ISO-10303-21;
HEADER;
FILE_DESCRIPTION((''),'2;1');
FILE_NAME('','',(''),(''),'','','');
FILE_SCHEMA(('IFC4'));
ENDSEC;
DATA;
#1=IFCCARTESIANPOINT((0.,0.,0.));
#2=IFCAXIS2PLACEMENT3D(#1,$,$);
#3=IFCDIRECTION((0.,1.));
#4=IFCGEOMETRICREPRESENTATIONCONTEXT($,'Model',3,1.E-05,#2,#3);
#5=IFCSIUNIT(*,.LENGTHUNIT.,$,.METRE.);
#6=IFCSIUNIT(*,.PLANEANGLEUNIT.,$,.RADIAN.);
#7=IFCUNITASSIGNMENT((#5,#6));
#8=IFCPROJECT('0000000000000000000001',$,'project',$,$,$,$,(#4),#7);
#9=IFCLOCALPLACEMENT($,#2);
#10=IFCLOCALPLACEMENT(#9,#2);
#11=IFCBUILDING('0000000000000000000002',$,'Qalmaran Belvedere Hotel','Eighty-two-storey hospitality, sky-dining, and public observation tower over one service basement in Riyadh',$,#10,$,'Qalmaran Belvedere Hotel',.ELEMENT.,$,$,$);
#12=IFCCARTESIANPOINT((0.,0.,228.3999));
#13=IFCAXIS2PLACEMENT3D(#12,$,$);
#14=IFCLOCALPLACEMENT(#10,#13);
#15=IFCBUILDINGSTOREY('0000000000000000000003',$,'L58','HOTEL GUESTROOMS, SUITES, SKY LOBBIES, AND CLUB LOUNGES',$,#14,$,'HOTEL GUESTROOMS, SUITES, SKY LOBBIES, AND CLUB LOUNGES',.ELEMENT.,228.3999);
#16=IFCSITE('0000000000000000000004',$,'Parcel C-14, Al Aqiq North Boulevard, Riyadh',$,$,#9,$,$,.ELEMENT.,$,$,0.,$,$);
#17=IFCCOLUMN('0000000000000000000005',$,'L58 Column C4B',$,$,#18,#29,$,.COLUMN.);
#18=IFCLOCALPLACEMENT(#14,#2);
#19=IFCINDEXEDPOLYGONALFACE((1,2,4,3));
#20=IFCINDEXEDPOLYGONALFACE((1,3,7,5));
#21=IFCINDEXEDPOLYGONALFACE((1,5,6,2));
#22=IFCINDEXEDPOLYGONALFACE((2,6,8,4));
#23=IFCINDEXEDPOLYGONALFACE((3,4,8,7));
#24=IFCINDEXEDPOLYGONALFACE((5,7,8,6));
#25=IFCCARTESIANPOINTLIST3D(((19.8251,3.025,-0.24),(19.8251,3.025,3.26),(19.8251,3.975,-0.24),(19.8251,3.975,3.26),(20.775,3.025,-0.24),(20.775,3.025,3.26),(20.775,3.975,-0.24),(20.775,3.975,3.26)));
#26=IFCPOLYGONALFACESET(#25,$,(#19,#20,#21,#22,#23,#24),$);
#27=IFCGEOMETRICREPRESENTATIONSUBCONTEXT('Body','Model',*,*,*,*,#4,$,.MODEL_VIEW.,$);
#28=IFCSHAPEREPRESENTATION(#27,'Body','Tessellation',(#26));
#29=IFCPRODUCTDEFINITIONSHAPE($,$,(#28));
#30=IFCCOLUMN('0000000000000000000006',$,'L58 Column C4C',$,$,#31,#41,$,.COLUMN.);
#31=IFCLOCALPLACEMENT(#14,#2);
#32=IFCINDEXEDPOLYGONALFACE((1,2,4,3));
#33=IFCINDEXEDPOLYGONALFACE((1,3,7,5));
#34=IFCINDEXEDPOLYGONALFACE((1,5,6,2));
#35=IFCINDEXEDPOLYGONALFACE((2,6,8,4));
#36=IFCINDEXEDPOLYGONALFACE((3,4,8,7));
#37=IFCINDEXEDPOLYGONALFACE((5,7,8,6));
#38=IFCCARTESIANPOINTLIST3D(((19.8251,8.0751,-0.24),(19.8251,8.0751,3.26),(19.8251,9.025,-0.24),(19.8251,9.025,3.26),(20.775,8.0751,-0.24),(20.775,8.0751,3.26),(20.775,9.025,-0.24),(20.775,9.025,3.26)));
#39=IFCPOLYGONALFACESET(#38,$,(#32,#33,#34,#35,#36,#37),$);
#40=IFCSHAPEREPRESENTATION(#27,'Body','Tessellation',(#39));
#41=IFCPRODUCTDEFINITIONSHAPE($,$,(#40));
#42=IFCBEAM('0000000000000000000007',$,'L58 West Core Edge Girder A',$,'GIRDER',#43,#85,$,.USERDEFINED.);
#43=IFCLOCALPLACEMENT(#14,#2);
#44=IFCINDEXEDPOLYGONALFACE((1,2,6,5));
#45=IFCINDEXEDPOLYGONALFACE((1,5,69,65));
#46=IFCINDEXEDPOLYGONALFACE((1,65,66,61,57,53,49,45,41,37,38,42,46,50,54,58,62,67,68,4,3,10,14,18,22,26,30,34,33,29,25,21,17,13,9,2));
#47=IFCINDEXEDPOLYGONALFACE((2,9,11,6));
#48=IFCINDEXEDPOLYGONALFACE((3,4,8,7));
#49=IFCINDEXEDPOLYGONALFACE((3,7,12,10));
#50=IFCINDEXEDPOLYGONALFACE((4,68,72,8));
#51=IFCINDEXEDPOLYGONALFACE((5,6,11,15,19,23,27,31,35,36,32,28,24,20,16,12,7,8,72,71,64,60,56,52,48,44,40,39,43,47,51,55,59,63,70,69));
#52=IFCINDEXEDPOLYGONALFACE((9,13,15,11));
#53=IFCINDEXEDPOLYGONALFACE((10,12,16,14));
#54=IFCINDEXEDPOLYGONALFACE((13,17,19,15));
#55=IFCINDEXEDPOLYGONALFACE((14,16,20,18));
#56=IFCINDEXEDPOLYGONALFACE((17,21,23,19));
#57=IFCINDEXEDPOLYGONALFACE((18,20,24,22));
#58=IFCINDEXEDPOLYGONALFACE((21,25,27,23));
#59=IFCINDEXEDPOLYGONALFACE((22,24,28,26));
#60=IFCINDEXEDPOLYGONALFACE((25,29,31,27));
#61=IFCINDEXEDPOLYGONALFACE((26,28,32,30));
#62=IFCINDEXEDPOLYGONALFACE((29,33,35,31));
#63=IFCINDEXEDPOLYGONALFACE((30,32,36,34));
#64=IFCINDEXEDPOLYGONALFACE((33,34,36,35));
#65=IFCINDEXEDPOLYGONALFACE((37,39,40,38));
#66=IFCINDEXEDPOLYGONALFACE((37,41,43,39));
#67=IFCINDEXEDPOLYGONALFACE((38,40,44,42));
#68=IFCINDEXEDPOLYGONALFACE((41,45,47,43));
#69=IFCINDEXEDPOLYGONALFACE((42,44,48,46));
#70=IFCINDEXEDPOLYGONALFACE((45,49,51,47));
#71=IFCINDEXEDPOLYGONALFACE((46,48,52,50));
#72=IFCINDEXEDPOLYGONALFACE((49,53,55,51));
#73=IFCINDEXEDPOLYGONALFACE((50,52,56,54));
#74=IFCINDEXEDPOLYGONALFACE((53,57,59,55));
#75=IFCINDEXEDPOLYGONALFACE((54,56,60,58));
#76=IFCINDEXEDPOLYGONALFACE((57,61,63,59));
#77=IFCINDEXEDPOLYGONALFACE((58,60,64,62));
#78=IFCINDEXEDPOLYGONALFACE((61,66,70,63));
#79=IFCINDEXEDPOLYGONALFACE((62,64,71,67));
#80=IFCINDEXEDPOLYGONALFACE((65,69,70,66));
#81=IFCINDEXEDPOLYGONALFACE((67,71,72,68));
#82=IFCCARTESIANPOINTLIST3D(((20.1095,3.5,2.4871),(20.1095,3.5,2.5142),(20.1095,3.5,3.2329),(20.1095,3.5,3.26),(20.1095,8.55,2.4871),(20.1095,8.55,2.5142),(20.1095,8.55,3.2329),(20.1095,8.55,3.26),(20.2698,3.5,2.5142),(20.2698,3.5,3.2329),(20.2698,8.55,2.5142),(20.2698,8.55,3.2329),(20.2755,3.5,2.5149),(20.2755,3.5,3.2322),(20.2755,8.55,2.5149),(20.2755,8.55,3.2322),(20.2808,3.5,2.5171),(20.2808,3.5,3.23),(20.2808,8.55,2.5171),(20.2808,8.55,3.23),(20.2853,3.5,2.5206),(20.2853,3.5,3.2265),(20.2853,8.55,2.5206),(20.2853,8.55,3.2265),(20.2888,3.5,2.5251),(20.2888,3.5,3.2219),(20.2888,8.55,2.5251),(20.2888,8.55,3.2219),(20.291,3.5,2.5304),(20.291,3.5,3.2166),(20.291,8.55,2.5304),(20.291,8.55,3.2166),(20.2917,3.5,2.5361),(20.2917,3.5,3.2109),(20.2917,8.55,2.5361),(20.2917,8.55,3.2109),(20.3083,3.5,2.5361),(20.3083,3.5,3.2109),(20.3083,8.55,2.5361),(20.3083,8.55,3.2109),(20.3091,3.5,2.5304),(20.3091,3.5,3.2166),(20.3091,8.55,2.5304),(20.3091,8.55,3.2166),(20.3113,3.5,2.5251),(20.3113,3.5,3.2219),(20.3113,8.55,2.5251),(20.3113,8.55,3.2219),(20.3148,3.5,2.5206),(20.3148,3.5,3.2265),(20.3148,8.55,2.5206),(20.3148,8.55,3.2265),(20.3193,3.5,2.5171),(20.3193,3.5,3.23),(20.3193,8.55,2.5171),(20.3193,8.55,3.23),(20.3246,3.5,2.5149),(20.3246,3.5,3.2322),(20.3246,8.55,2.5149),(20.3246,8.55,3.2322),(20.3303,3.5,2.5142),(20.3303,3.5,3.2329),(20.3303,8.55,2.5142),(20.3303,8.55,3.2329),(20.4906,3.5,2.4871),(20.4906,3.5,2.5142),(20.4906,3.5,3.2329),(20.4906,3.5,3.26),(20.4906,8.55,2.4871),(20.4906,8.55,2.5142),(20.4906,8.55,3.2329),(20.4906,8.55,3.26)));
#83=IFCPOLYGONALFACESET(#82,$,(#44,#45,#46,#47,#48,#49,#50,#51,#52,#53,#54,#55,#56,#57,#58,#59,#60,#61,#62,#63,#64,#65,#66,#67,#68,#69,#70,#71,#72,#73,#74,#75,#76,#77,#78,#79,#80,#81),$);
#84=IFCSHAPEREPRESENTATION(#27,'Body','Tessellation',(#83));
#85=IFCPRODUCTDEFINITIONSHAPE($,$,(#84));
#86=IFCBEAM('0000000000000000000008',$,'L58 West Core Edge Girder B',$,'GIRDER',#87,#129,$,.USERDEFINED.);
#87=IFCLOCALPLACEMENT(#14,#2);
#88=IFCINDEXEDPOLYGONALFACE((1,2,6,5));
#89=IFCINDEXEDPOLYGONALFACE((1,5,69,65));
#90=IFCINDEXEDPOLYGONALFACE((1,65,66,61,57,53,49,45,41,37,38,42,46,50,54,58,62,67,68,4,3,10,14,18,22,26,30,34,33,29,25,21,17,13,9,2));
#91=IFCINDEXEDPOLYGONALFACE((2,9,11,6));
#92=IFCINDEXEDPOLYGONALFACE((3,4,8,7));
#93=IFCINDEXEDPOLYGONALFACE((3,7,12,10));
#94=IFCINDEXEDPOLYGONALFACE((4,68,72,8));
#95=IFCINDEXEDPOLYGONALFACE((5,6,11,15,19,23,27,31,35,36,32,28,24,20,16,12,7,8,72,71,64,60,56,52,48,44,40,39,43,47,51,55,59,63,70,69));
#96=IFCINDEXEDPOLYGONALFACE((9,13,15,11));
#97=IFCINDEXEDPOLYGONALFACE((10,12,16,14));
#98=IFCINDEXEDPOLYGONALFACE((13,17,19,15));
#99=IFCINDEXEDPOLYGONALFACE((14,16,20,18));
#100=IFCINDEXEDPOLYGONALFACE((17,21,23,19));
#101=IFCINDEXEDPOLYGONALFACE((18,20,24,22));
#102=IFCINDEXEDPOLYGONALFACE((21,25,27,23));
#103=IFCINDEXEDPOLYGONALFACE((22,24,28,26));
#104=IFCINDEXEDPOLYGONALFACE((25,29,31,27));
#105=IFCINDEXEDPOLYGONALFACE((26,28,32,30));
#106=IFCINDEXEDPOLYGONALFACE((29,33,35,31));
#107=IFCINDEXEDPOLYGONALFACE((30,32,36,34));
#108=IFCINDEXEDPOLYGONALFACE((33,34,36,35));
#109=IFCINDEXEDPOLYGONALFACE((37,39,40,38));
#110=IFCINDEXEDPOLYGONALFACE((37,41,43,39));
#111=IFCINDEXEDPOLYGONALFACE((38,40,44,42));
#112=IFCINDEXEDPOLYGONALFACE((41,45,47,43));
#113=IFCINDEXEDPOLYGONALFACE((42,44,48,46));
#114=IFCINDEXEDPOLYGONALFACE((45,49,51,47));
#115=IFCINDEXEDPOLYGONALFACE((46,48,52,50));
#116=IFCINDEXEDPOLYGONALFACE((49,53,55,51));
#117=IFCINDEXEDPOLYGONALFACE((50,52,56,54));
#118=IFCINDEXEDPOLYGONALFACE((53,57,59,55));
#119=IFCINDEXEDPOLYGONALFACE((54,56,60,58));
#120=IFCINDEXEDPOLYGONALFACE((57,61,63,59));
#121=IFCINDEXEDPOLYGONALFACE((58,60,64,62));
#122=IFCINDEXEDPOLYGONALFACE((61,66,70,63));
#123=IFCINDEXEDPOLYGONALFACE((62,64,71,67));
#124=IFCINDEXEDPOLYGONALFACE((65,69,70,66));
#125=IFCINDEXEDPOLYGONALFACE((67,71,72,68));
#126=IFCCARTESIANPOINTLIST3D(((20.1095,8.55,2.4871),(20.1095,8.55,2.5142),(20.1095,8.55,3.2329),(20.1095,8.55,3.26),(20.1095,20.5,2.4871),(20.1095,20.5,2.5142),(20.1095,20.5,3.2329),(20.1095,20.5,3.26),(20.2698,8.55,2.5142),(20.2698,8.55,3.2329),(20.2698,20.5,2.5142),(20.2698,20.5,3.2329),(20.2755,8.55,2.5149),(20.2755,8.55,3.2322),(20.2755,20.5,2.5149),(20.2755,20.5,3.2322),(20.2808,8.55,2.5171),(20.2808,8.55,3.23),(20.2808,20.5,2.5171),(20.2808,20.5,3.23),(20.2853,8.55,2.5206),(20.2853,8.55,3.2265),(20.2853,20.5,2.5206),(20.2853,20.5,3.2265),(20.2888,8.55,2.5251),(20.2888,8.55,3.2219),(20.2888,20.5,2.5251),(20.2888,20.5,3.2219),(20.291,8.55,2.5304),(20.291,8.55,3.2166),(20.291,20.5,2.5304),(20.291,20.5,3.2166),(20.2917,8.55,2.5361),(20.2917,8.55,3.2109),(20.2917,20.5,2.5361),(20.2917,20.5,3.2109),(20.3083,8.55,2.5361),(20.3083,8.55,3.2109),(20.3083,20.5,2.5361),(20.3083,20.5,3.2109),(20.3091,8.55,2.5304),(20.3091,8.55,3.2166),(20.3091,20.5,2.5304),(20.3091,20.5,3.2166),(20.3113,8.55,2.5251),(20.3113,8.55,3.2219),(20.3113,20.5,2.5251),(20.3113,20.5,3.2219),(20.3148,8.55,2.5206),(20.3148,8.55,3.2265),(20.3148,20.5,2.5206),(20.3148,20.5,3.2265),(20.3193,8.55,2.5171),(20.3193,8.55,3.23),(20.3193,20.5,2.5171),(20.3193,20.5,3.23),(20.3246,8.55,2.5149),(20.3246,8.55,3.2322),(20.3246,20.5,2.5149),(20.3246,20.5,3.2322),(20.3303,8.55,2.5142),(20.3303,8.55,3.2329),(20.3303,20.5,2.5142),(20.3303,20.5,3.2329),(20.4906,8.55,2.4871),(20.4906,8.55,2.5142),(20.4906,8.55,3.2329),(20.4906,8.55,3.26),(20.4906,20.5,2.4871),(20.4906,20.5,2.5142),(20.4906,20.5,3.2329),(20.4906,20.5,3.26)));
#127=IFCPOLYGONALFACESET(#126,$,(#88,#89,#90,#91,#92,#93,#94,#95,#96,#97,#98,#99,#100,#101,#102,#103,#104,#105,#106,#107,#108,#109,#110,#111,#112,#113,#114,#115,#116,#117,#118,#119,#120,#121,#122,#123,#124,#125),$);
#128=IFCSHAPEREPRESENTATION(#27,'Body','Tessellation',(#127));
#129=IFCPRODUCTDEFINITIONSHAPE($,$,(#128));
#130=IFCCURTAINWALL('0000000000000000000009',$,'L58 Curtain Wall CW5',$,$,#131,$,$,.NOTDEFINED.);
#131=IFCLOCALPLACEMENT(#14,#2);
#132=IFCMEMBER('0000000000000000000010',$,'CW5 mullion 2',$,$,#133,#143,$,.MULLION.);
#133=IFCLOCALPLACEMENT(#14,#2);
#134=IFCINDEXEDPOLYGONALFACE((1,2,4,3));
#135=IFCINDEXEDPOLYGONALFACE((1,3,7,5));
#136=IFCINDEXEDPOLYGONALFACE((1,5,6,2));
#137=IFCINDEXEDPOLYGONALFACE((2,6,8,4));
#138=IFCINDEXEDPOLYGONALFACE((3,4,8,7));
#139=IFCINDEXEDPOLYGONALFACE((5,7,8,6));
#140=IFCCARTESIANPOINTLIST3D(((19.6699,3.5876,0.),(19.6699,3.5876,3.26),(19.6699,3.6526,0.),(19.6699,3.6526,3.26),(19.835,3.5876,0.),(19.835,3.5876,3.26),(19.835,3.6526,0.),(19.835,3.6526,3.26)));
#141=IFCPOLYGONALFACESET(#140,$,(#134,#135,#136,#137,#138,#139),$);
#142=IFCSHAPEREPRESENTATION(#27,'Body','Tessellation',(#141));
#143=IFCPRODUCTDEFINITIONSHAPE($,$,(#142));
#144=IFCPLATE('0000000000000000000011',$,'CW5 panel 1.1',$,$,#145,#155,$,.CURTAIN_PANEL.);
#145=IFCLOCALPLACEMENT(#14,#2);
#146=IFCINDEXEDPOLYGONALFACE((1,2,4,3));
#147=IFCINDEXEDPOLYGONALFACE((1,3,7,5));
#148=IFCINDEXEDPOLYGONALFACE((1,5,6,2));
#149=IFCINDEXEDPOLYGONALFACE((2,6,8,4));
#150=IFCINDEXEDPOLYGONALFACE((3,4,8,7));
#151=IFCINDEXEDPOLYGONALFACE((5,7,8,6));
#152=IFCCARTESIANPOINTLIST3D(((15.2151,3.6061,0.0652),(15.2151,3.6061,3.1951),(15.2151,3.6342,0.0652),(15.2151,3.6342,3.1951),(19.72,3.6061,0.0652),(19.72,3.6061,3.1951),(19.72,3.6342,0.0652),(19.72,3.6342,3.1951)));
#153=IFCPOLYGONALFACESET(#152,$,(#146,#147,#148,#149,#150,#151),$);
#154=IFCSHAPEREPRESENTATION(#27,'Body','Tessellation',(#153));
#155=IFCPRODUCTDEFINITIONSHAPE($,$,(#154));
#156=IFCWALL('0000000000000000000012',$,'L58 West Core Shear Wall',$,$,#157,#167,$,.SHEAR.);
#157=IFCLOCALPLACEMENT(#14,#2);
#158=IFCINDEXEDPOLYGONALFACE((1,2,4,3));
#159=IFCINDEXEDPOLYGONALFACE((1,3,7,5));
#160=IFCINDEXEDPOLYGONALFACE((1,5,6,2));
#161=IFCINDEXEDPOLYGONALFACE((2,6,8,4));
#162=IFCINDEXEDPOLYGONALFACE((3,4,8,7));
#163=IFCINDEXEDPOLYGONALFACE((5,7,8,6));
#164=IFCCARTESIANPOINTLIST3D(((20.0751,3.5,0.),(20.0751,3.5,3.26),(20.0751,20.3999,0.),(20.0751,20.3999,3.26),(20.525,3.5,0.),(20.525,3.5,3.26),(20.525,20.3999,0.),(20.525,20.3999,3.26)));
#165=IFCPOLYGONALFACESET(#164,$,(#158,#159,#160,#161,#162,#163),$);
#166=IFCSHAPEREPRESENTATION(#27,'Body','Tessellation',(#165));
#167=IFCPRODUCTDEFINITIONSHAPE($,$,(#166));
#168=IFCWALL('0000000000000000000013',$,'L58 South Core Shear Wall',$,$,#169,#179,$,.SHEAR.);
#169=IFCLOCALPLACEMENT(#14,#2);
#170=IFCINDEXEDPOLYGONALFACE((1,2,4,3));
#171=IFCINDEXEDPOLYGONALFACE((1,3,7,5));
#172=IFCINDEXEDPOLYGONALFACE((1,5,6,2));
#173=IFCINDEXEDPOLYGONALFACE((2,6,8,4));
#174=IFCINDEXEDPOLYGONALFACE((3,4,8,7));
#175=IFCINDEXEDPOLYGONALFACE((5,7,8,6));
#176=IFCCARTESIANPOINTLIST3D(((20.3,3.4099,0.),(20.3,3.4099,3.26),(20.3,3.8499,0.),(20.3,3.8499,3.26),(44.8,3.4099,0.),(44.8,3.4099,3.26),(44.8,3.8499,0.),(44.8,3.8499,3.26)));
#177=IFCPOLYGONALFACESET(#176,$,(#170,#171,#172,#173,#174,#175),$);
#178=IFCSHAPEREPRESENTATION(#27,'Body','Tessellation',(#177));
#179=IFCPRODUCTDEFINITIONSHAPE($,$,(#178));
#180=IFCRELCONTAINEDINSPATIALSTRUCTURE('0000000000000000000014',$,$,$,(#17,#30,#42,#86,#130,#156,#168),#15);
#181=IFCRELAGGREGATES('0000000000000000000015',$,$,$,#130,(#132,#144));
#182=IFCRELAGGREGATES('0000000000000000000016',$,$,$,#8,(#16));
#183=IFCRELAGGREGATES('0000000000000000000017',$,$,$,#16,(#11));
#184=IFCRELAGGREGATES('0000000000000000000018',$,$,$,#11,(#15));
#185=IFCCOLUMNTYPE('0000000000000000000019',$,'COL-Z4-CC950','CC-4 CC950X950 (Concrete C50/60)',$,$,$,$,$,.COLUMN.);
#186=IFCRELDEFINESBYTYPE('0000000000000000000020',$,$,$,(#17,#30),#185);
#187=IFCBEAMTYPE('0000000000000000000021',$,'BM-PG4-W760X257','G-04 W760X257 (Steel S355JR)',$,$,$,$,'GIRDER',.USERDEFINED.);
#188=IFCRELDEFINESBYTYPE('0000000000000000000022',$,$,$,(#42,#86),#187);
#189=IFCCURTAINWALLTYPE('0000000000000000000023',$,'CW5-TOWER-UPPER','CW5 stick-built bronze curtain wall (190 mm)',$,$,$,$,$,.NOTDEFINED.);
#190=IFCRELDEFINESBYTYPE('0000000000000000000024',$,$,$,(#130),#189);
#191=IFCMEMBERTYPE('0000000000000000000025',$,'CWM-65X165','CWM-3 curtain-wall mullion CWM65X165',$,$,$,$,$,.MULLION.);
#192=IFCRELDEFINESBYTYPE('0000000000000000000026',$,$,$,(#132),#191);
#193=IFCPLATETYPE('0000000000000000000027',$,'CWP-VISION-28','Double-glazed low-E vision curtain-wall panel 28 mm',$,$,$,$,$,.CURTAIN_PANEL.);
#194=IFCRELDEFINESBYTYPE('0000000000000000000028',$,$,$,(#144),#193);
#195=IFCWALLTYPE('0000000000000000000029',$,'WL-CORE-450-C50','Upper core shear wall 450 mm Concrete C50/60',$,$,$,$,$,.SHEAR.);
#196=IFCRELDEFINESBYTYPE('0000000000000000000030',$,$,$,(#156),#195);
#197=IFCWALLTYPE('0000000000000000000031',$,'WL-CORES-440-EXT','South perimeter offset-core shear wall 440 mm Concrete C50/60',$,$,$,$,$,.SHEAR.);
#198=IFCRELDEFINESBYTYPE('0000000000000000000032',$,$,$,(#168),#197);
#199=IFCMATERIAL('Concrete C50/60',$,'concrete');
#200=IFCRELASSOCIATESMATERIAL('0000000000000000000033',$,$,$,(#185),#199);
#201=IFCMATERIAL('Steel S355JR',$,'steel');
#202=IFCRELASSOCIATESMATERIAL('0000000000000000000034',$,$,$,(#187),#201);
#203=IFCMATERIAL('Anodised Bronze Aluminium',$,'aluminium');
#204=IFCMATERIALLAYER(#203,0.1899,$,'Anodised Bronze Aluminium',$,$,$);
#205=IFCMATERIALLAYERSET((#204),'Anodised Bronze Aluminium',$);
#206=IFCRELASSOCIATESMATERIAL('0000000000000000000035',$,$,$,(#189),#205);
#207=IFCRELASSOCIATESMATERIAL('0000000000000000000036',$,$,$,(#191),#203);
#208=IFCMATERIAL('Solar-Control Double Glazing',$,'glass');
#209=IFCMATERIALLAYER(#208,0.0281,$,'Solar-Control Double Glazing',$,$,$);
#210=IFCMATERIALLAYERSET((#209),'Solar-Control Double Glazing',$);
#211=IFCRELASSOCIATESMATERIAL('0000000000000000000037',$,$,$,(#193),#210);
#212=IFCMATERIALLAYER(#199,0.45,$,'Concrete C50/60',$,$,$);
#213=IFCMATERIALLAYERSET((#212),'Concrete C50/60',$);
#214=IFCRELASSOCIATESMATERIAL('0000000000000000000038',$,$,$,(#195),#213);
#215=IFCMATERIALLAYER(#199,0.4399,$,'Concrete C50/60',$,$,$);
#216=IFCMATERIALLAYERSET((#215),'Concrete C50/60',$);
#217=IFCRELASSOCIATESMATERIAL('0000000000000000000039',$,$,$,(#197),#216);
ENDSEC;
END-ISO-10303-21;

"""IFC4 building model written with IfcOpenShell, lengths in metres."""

from ifc_helpers import new_model, si_unit, direction, frame, frame_2d, origin, origin_2d, place, context, subcontext, project, spatial, rectangle, i_section, extrude, material, layer, layer_set, material_profile, profile_set, type_object, element, aggregate, save


model = new_model("IFC4")

# Units and contexts
model_context = context("Model", 3, precision=1e-05, world=origin(), true_north=direction((0.0, 1.0)))
body_context = subcontext(model_context, "Body", "Model", "MODEL_VIEW")
ifc_project = project(units=[si_unit("LENGTHUNIT", "METRE"), si_unit("PLANEANGLEUNIT", "RADIAN")], contexts=[model_context])

# Site, building, storey
site_placement = place(None, origin())
site = spatial("IfcSite", under=ifc_project, at=site_placement, Name="Parcel C-14, Al Aqiq North Boulevard, Riyadh", CompositionType="ELEMENT", RefElevation=0.0)
building_placement = place(site_placement, origin())
building = spatial("IfcBuilding", under=site, at=building_placement, Name="Qalmaran Belvedere Hotel", Description="Eighty-two-storey hospitality, sky-dining, and public observation tower over one service basement in Riyadh", LongName="Qalmaran Belvedere Hotel", CompositionType="ELEMENT")
storey_placement = place(building_placement, frame((0.0, 0.0, 228.3999)))
storey = spatial("IfcBuildingStorey", under=building, at=storey_placement, Name="L58", Description="HOTEL GUESTROOMS, SUITES, SKY LOBBIES, AND CLUB LOUNGES", LongName="HOTEL GUESTROOMS, SUITES, SKY LOBBIES, AND CLUB LOUNGES", CompositionType="ELEMENT", Elevation=228.3999)

# Columns
ifc_material_1 = material(Name="Concrete C50/60", Category="concrete")
ifc_material_profile_1 = material_profile(ifc_material_1, rectangle(XDim=0.95, YDim=0.95, at=origin_2d()), Name="CC950X950")
ifc_profile_set_1 = profile_set([ifc_material_profile_1], Name="Concrete C50/60")
column_type = type_object("IfcColumnType", Name="COL-Z4-CC950", Description="CC-4 CC950X950 (Concrete C50/60)", PredefinedType="COLUMN", material=ifc_profile_set_1)
for number, where, z_axis, x_axis, name in (
    (1, (20.3, 3.5, -0.24), (0.0, 0.0, 1.0), (1.0, 0.0, 0.0), "L58 Column C4B"),
    (2, (20.3, 8.55, -0.24), (0.0, 0.0, 1.0), (1.0, 0.0, 0.0), "L58 Column C4C"),
):
    element("IfcColumn", number, at=place(storey_placement, frame(where, z_axis=z_axis, x_axis=x_axis)), inside=storey, type_object=column_type, Name=name, PredefinedType="COLUMN", context=body_context, shape_type="SweptSolid", body=[
        extrude(rectangle(XDim=0.95, YDim=0.95, at=origin_2d()), origin(), (0.0, 0.0, 1.0), 3.5),
    ])

# Beams
ifc_material_2 = material(Name="Steel S355JR", Category="steel")
ifc_material_profile_2 = material_profile(ifc_material_2, i_section(OverallWidth=0.3811, OverallDepth=0.7729, WebThickness=0.0166, FlangeThickness=0.0271, FilletRadius=0.022, at=origin_2d()), Name="W760X257")
ifc_profile_set_2 = profile_set([ifc_material_profile_2], Name="Steel S355JR")
beam_type = type_object("IfcBeamType", Name="BM-PG4-W760X257", Description="G-04 W760X257 (Steel S355JR)", ElementType="GIRDER", PredefinedType="USERDEFINED", material=ifc_profile_set_2)
beam_1_placement = place(storey_placement, frame((20.3, 3.5, 2.8735), z_axis=(0.0, 1.0, 0.0), x_axis=(-1.0, 0.0, 0.0)))
element("IfcBeam", 3, at=beam_1_placement, inside=storey, type_object=beam_type, Name="L58 West Core Edge Girder A", ObjectType="GIRDER", PredefinedType="USERDEFINED", context=body_context, shape_type="SweptSolid", body=[
    extrude(i_section(OverallWidth=0.3811, OverallDepth=0.7729, WebThickness=0.0166, FlangeThickness=0.0271, FilletRadius=0.022, at=origin_2d()), origin(), (0.0, 0.0, 1.0), 5.05),
])
beam_2_placement = place(storey_placement, frame((20.3, 8.55, 2.8735), z_axis=(0.0, 1.0, 0.0), x_axis=(-1.0, 0.0, 0.0)))
element("IfcBeam", 4, at=beam_2_placement, inside=storey, type_object=beam_type, Name="L58 West Core Edge Girder B", ObjectType="GIRDER", PredefinedType="USERDEFINED", context=body_context, shape_type="SweptSolid", body=[
    extrude(i_section(OverallWidth=0.3811, OverallDepth=0.7729, WebThickness=0.0166, FlangeThickness=0.0271, FilletRadius=0.022, at=origin_2d()), origin(), (0.0, 0.0, 1.0), 11.95),
])

# Curtain wall, member, plate
ifc_material_3 = material(Name="Anodised Bronze Aluminium", Category="aluminium")
ifc_layer_1 = layer(ifc_material_3, 0.1899, Name="Anodised Bronze Aluminium")
ifc_layer_set_1 = layer_set([ifc_layer_1], Name="Anodised Bronze Aluminium")
curtain_wall_type = type_object("IfcCurtainWallType", Name="CW5-TOWER-UPPER", Description="CW5 stick-built bronze curtain wall (190 mm)", PredefinedType="NOTDEFINED", material=ifc_layer_set_1)
curtain_wall_placement = place(storey_placement, origin())
curtain_wall = element("IfcCurtainWall", 5, at=curtain_wall_placement, inside=storey, type_object=curtain_wall_type, Name="L58 Curtain Wall CW5", PredefinedType="NOTDEFINED")
ifc_material_profile_3 = material_profile(ifc_material_3, rectangle(XDim=0.0649, YDim=0.165, at=origin_2d()), Name="CWM65X165")
ifc_profile_set_3 = profile_set([ifc_material_profile_3], Name="Anodised Bronze Aluminium")
member_type = type_object("IfcMemberType", Name="CWM-65X165", Description="CWM-3 curtain-wall mullion CWM65X165", PredefinedType="MULLION", material=ifc_profile_set_3)
member_placement = place(storey_placement, frame((19.7524, 3.6201, 0.0), z_axis=(0.0, 0.0, 1.0), x_axis=(0.0, 1.0, 0.0)))
member = element("IfcMember", 6, at=member_placement, type_object=member_type, Name="CW5 mullion 2", PredefinedType="MULLION", context=body_context, shape_type="SweptSolid", body=[
    extrude(rectangle(XDim=0.0649, YDim=0.165, at=origin_2d()), origin(), (0.0, 0.0, 1.0), 3.26),
])
ifc_material_4 = material(Name="Solar-Control Double Glazing", Category="glass")
ifc_layer_2 = layer(ifc_material_4, 0.0281, Name="Solar-Control Double Glazing")
ifc_layer_set_2 = layer_set([ifc_layer_2], Name="Solar-Control Double Glazing")
plate_type = type_object("IfcPlateType", Name="CWP-VISION-28", Description="Double-glazed low-E vision curtain-wall panel 28 mm", PredefinedType="CURTAIN_PANEL", material=ifc_layer_set_2)
plate_placement = place(storey_placement, frame((17.4675, 3.6201, 0.0652), z_axis=(0.0, 0.0, 1.0), x_axis=(1.0, 0.0, 0.0)))
plate = element("IfcPlate", 7, at=plate_placement, type_object=plate_type, Name="CW5 panel 1.1", PredefinedType="CURTAIN_PANEL", context=body_context, shape_type="SweptSolid", body=[
    extrude(rectangle(XDim=4.5049, YDim=0.0281, at=origin_2d()), origin(), (0.0, 0.0, 1.0), 3.1299),
])
aggregate(curtain_wall, [member, plate])

# Walls
ifc_layer_3 = layer(ifc_material_1, 0.45, Name="Concrete C50/60")
ifc_layer_set_3 = layer_set([ifc_layer_3], Name="Concrete C50/60")
wall_type_1 = type_object("IfcWallType", Name="WL-CORE-450-C50", Description="Upper core shear wall 450 mm Concrete C50/60", PredefinedType="SHEAR", material=ifc_layer_set_3)
wall_1_placement = place(storey_placement, frame((20.3, 3.5, 0.0), z_axis=(0.0, 0.0, 1.0), x_axis=(0.0, 1.0, 0.0)))
element("IfcWall", 8, at=wall_1_placement, inside=storey, type_object=wall_type_1, Name="L58 West Core Shear Wall", PredefinedType="SHEAR", context=body_context, shape_type="SweptSolid", body=[
    extrude(rectangle(XDim=16.8999, YDim=0.45, at=frame_2d((8.45, 0.0))), origin(), (0.0, 0.0, 1.0), 3.26),
])
ifc_layer_4 = layer(ifc_material_1, 0.4399, Name="Concrete C50/60")
ifc_layer_set_4 = layer_set([ifc_layer_4], Name="Concrete C50/60")
wall_type_2 = type_object("IfcWallType", Name="WL-CORES-440-EXT", Description="South perimeter offset-core shear wall 440 mm Concrete C50/60", PredefinedType="SHEAR", material=ifc_layer_set_4)
wall_2_placement = place(storey_placement, frame((20.3, 3.6299, 0.0), z_axis=(0.0, 0.0, 1.0), x_axis=(1.0, 0.0, 0.0)))
element("IfcWall", 9, at=wall_2_placement, inside=storey, type_object=wall_type_2, Name="L58 South Core Shear Wall", PredefinedType="SHEAR", context=body_context, shape_type="SweptSolid", body=[
    extrude(rectangle(XDim=24.5, YDim=0.4399, at=frame_2d((12.25, 0.0))), origin(), (0.0, 0.0, 1.0), 3.26),
])

save(model, "model.ifc")
